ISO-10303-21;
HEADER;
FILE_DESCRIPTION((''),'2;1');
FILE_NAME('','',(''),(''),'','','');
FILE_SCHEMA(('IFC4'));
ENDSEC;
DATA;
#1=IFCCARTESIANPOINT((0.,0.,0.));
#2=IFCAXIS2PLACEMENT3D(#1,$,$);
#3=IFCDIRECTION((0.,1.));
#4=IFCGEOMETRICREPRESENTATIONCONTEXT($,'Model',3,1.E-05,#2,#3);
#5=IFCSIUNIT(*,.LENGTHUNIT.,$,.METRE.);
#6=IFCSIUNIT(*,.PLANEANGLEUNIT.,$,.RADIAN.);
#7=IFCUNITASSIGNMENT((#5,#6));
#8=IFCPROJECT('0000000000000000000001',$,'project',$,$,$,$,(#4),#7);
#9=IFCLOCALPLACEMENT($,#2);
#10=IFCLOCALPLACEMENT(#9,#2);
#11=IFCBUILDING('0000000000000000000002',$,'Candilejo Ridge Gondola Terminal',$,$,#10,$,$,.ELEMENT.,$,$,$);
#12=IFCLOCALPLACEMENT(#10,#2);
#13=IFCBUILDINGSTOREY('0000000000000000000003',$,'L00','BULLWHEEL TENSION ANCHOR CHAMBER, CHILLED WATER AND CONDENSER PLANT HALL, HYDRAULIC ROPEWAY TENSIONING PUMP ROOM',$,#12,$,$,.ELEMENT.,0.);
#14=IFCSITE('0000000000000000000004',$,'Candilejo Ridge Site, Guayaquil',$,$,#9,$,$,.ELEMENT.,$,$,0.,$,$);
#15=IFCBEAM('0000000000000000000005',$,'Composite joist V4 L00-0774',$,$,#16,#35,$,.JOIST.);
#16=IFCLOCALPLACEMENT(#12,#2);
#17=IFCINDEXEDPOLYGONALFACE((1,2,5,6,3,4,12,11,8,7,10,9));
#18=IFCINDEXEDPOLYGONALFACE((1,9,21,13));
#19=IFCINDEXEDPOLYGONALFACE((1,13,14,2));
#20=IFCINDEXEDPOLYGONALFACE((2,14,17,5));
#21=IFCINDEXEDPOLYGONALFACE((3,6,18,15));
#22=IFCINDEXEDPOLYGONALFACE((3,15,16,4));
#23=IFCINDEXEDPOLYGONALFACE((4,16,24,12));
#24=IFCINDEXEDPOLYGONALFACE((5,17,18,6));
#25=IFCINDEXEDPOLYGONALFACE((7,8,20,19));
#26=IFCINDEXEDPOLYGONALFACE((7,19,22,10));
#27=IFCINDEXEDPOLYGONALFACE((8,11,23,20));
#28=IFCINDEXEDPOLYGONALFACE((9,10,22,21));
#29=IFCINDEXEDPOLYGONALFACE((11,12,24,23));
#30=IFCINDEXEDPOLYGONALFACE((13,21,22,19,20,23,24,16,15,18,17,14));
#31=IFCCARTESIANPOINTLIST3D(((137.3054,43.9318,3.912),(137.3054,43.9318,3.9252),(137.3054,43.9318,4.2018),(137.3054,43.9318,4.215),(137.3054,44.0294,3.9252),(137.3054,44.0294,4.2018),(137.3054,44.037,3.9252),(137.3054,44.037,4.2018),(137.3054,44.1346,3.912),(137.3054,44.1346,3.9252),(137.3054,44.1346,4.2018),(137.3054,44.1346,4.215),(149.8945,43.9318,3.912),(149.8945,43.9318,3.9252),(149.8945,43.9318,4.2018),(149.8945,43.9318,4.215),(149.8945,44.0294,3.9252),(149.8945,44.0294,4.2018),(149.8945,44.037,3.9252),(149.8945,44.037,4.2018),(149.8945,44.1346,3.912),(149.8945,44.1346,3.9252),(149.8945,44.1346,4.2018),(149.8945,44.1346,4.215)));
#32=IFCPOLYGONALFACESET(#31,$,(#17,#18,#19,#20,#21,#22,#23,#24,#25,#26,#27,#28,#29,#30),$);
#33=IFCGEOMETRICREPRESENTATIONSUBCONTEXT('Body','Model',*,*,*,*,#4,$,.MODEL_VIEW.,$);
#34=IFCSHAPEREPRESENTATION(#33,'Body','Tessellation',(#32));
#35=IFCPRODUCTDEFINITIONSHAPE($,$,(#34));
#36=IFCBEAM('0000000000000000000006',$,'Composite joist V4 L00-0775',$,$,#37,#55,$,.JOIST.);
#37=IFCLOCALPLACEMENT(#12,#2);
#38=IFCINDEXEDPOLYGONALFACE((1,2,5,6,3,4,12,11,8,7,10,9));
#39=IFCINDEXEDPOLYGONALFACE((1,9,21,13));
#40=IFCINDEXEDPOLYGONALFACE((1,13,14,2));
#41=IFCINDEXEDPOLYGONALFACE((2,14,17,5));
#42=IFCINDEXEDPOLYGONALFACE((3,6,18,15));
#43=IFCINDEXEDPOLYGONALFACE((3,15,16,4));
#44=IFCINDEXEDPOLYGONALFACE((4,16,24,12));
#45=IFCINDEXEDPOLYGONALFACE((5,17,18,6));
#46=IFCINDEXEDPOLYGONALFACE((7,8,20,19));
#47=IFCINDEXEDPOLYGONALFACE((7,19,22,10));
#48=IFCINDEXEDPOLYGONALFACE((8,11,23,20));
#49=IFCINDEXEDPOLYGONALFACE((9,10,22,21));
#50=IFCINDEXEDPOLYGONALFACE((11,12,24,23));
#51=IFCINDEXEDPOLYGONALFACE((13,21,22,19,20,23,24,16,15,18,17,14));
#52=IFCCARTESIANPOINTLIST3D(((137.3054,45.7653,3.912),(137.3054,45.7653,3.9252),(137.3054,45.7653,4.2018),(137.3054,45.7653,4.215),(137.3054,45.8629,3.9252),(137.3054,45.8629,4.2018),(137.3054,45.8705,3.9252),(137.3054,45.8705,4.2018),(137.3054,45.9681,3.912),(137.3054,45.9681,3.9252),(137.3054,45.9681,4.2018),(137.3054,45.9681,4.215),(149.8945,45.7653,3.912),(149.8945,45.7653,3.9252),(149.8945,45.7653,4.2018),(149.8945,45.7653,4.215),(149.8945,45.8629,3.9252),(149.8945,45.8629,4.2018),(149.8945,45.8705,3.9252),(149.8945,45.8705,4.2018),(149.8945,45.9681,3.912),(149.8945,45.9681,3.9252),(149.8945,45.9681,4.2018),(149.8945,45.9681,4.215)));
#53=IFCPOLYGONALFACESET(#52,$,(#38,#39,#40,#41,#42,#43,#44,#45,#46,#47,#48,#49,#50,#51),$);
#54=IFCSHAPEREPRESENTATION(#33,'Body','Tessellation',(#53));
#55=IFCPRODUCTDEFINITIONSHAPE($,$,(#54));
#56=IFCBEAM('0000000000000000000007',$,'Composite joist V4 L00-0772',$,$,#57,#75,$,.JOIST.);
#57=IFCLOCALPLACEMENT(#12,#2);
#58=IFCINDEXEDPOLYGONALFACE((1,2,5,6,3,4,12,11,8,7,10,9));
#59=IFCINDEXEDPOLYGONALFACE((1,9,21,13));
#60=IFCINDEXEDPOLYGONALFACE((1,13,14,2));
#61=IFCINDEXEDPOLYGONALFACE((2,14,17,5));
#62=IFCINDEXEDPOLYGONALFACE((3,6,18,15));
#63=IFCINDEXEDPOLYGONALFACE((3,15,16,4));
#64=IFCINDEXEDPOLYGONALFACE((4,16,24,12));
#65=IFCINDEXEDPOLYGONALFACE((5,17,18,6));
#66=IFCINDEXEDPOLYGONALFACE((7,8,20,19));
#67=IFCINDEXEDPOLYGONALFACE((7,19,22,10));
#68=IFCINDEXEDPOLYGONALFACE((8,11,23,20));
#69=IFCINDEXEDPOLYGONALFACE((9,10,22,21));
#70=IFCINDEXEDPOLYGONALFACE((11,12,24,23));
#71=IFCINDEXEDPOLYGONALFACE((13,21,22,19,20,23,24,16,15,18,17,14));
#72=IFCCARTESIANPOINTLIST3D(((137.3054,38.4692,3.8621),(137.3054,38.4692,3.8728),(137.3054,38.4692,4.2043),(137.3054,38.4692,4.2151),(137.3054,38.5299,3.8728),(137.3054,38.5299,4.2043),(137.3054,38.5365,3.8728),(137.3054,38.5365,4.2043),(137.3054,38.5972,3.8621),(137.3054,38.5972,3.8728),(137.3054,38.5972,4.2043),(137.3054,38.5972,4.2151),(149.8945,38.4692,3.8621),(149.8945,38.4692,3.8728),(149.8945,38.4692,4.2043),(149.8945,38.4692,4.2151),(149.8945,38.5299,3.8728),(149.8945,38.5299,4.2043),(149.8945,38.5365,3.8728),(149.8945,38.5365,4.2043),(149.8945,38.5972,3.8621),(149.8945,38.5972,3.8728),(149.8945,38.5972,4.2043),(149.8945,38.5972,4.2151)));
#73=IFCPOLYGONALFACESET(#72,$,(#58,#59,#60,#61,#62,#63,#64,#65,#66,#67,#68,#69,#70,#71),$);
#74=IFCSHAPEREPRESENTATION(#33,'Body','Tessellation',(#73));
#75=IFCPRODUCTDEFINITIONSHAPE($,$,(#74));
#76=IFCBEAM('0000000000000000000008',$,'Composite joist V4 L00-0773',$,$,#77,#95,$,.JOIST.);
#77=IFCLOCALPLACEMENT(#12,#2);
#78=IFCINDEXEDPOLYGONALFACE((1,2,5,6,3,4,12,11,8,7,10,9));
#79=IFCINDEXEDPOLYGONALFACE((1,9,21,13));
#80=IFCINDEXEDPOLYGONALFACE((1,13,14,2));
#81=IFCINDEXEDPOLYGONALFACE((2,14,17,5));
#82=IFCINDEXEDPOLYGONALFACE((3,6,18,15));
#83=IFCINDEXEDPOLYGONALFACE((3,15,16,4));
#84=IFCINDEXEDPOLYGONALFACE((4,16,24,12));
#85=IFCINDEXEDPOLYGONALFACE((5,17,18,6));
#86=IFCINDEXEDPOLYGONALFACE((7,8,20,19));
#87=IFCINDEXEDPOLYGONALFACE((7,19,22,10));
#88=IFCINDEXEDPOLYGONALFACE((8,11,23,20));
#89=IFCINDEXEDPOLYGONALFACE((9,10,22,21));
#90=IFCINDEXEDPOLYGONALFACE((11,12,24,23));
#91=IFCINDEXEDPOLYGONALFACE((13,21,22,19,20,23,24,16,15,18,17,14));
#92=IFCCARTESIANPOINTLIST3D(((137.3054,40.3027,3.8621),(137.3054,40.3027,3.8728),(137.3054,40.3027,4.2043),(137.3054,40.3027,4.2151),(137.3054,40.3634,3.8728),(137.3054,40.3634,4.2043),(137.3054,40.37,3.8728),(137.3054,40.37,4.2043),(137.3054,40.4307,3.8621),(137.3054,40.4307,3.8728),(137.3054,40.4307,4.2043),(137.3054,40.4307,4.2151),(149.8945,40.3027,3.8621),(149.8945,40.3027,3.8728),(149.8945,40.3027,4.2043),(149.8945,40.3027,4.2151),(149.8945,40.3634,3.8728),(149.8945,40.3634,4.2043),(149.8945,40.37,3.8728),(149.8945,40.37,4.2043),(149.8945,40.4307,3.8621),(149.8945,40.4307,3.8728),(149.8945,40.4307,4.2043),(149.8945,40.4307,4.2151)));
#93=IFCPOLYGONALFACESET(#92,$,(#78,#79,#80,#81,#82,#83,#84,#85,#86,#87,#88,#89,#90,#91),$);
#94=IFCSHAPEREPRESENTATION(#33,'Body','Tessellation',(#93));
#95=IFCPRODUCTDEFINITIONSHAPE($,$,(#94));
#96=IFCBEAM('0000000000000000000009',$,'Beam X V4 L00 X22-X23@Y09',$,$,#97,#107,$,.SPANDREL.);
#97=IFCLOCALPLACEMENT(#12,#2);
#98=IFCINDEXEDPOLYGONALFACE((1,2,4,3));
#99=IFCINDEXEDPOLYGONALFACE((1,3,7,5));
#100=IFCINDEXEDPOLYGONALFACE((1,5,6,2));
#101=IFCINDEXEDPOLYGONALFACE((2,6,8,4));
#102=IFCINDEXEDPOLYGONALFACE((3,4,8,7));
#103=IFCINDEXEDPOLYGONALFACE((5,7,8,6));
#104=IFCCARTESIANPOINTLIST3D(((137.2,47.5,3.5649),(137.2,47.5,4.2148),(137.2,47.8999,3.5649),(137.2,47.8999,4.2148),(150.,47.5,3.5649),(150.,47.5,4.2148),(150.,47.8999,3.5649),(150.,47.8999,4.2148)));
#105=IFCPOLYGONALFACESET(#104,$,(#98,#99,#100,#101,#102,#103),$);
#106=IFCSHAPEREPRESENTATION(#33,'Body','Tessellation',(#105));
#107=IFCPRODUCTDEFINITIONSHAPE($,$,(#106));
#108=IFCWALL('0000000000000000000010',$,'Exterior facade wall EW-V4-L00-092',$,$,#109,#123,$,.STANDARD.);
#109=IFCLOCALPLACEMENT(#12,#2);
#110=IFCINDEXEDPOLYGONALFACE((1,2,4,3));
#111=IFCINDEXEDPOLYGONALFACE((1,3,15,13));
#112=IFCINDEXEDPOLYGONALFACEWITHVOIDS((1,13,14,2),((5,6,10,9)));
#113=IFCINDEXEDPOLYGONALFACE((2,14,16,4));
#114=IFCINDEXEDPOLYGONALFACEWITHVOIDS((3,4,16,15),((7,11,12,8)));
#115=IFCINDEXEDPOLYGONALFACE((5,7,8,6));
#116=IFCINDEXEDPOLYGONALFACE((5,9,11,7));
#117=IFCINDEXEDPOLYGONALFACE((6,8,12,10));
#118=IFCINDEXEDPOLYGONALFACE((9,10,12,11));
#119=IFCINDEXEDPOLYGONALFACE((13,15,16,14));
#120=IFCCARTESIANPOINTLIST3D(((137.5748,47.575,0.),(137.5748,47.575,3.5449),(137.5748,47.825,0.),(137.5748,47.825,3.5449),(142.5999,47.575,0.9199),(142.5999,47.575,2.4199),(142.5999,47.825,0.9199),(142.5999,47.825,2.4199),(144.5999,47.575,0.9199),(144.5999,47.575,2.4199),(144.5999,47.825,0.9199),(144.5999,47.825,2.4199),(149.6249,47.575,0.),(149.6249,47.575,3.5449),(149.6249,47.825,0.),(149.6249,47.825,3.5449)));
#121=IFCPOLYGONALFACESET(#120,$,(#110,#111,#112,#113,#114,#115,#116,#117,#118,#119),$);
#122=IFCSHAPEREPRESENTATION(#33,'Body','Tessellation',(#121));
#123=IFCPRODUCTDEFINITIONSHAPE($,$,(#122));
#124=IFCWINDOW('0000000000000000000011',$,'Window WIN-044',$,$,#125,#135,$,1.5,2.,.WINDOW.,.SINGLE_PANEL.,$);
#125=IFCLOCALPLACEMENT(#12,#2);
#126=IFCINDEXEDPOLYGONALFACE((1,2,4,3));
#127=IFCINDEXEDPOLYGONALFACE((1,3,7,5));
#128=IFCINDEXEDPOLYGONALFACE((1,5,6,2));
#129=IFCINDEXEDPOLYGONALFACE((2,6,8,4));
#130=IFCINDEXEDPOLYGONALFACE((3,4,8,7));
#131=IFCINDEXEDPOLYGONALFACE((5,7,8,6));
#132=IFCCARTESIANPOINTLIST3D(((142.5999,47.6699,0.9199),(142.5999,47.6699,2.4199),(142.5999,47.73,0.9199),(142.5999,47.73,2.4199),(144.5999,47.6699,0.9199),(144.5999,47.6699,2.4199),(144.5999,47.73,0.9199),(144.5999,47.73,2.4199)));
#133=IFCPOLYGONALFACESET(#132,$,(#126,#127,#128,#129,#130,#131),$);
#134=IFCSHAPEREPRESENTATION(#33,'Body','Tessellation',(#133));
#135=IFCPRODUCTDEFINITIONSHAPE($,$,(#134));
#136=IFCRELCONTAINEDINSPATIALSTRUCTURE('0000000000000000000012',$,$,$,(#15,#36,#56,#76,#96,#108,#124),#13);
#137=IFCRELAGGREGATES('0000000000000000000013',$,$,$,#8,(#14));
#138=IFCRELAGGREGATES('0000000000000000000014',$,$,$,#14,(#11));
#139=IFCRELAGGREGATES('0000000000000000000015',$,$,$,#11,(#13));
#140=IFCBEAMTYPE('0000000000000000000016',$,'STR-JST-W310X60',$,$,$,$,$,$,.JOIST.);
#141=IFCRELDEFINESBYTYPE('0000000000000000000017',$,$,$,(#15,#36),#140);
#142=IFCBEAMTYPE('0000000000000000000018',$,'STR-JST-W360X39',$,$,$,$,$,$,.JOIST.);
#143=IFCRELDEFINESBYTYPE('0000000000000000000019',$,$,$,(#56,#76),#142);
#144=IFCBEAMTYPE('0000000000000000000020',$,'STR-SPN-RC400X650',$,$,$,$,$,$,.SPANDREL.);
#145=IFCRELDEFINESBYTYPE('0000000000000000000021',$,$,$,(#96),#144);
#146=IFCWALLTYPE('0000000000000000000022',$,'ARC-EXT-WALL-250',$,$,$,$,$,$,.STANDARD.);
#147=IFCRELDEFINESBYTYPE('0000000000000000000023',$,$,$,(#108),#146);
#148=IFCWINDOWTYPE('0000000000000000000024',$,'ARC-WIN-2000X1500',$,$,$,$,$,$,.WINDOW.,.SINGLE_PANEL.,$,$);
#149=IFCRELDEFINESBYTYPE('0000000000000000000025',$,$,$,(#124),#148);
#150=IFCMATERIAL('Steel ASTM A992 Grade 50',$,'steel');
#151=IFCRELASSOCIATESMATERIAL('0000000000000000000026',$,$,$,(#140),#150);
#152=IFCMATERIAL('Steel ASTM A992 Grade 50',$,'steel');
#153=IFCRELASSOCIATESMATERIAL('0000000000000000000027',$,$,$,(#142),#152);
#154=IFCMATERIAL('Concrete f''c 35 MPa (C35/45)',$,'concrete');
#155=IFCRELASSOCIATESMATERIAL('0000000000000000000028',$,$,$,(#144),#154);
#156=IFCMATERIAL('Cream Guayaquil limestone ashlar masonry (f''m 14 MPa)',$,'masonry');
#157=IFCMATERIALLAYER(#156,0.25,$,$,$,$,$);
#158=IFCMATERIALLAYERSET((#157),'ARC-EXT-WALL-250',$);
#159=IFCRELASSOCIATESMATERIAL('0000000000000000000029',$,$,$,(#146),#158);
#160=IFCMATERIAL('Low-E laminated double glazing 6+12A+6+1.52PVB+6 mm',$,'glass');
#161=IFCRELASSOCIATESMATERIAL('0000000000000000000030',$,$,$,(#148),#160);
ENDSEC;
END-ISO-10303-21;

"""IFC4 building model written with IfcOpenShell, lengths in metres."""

from ifc_helpers import new_model, si_unit, direction, frame, frame_2d, origin, origin_2d, place, context, subcontext, project, spatial, rectangle, i_section, extrude, material, layer, layer_set, material_profile, profile_set, type_object, element, fill, save


model = new_model("IFC4")

# Units and contexts
model_context = context("Model", 3, precision=1e-05, world=origin(), true_north=direction((0.0, 1.0)))
body_context = subcontext(model_context, "Body", "Model", "MODEL_VIEW")
ifc_project = project(units=[si_unit("LENGTHUNIT", "METRE"), si_unit("PLANEANGLEUNIT", "RADIAN")], contexts=[model_context])

# Site, building, storey
site_placement = place(None, origin())
site = spatial("IfcSite", under=ifc_project, at=site_placement, Name="Candilejo Ridge Site, Guayaquil", CompositionType="ELEMENT", RefElevation=0.0)
building_placement = place(site_placement, origin())
building = spatial("IfcBuilding", under=site, at=building_placement, Name="Candilejo Ridge Gondola Terminal", CompositionType="ELEMENT")
storey_placement = place(building_placement, origin())
storey = spatial("IfcBuildingStorey", under=building, at=storey_placement, Name="L00", Description="BULLWHEEL TENSION ANCHOR CHAMBER, CHILLED WATER AND CONDENSER PLANT HALL, HYDRAULIC ROPEWAY TENSIONING PUMP ROOM", CompositionType="ELEMENT", Elevation=0.0)

# Beams
ifc_material_1 = material(Name="Steel ASTM A992 Grade 50", Category="steel")
ifc_material_profile_1 = material_profile(ifc_material_1, i_section(OverallWidth=0.2029, OverallDepth=0.303, WebThickness=0.0076, FlangeThickness=0.0132, at=origin_2d()))
ifc_profile_set_1 = profile_set([ifc_material_profile_1], Name="Steel ASTM A992 Grade 50")
beam_type_1 = type_object("IfcBeamType", Name="STR-JST-W310X60", PredefinedType="JOIST", material=ifc_profile_set_1)
for number, where, z_axis, x_axis, name in (
    (1, (137.3054, 44.0332, 4.0635), (1.0, 0.0, 0.0), (0.0, 1.0, 0.0), "Composite joist V4 L00-0774"),
    (2, (137.3054, 45.8667, 4.0635), (1.0, 0.0, 0.0), (0.0, 1.0, 0.0), "Composite joist V4 L00-0775"),
):
    element("IfcBeam", number, at=place(storey_placement, frame(where, z_axis=z_axis, x_axis=x_axis)), inside=storey, type_object=beam_type_1, Name=name, PredefinedType="JOIST", context=body_context, shape_type="SweptSolid", body=[
        extrude(i_section(OverallWidth=0.2029, OverallDepth=0.303, WebThickness=0.0076, FlangeThickness=0.0132, at=origin_2d()), origin(), (0.0, 0.0, 1.0), 12.5891),
    ])
ifc_material_2 = material(Name="Steel ASTM A992 Grade 50", Category="steel")
ifc_material_profile_2 = material_profile(ifc_material_2, i_section(OverallWidth=0.1279, OverallDepth=0.353, WebThickness=0.0066, FlangeThickness=0.0107, at=origin_2d()))
ifc_profile_set_2 = profile_set([ifc_material_profile_2], Name="Steel ASTM A992 Grade 50")
beam_type_2 = type_object("IfcBeamType", Name="STR-JST-W360X39", PredefinedType="JOIST", material=ifc_profile_set_2)
for number, where, z_axis, x_axis, name in (
    (3, (137.3054, 38.5332, 4.0386), (1.0, 0.0, 0.0), (0.0, 1.0, 0.0), "Composite joist V4 L00-0772"),
    (4, (137.3054, 40.3667, 4.0386), (1.0, 0.0, 0.0), (0.0, 1.0, 0.0), "Composite joist V4 L00-0773"),
):
    element("IfcBeam", number, at=place(storey_placement, frame(where, z_axis=z_axis, x_axis=x_axis)), inside=storey, type_object=beam_type_2, Name=name, PredefinedType="JOIST", context=body_context, shape_type="SweptSolid", body=[
        extrude(i_section(OverallWidth=0.1279, OverallDepth=0.353, WebThickness=0.0066, FlangeThickness=0.0107, at=origin_2d()), origin(), (0.0, 0.0, 1.0), 12.5891),
    ])
ifc_material_3 = material(Name="Concrete f'c 35 MPa (C35/45)", Category="concrete")
ifc_material_profile_3 = material_profile(ifc_material_3, rectangle(XDim=0.3999, YDim=0.6499, at=origin_2d()))
ifc_profile_set_3 = profile_set([ifc_material_profile_3], Name="Concrete f'c 35 MPa (C35/45)")
beam_type_3 = type_object("IfcBeamType", Name="STR-SPN-RC400X650", PredefinedType="SPANDREL", material=ifc_profile_set_3)
beam_1_placement = place(storey_placement, frame((137.2, 47.7, 3.8899), z_axis=(1.0, 0.0, 0.0), x_axis=(0.0, 1.0, 0.0)))
element("IfcBeam", 5, at=beam_1_placement, inside=storey, type_object=beam_type_3, Name="Beam X V4 L00 X22-X23@Y09", PredefinedType="SPANDREL", context=body_context, shape_type="SweptSolid", body=[
    extrude(rectangle(XDim=0.3999, YDim=0.6499, at=origin_2d()), origin(), (0.0, 0.0, 1.0), 12.8),
])

# Wall, opening, window
ifc_material_4 = material(Name="Cream Guayaquil limestone ashlar masonry (f'm 14 MPa)", Category="masonry")
ifc_layer = layer(ifc_material_4, 0.25)
ifc_layer_set = layer_set([ifc_layer], Name="ARC-EXT-WALL-250")
wall_type = type_object("IfcWallType", Name="ARC-EXT-WALL-250", PredefinedType="STANDARD", material=ifc_layer_set)
wall_placement = place(storey_placement, frame((137.575, 47.7, 0.0), z_axis=(0.0, 0.0, 1.0), x_axis=(1.0, 0.0, 0.0)))
wall = element("IfcWall", 6, at=wall_placement, inside=storey, type_object=wall_type, Name="Exterior facade wall EW-V4-L00-092", PredefinedType="STANDARD", context=body_context, shape_type="SweptSolid", body=[
    extrude(rectangle(XDim=12.05, YDim=0.25, at=frame_2d((6.0249, 0.0))), origin(), (0.0, 0.0, 1.0), 3.5449),
])
opening_placement = place(wall_placement, frame((5.0249, 0.0, 0.9199)))
opening = element("IfcOpeningElement", 7, at=opening_placement, cuts=wall, PredefinedType="OPENING", context=body_context, shape_type="SweptSolid", body=[
    extrude(rectangle(XDim=2.0, YDim=1.5, at=frame_2d((1.0, 0.75))), frame((0.0, 0.135, 0.0), z_axis=(0.0, -1.0, 0.0), x_axis=(1.0, 0.0, 0.0)), (0.0, 0.0, 1.0), 0.27),
])
ifc_material_5 = material(Name="Low-E laminated double glazing 6+12A+6+1.52PVB+6 mm", Category="glass")
window_type = type_object("IfcWindowType", Name="ARC-WIN-2000X1500", PartitioningType="SINGLE_PANEL", PredefinedType="WINDOW", material=ifc_material_5)
window_placement = place(opening_placement, origin())
window = element("IfcWindow", 8, at=window_placement, inside=storey, type_object=window_type, Name="Window WIN-044", OverallHeight=1.5, OverallWidth=2.0, PartitioningType="SINGLE_PANEL", PredefinedType="WINDOW", context=body_context, shape_type="SweptSolid", body=[
    extrude(rectangle(XDim=2.0, YDim=1.5, at=frame_2d((1.0, 0.75))), frame((0.0, 0.03, 0.0), z_axis=(0.0, -1.0, 0.0), x_axis=(1.0, 0.0, 0.0)), (0.0, 0.0, 1.0), 0.0601),
])
fill(opening, window)

save(model, "model.ifc")
